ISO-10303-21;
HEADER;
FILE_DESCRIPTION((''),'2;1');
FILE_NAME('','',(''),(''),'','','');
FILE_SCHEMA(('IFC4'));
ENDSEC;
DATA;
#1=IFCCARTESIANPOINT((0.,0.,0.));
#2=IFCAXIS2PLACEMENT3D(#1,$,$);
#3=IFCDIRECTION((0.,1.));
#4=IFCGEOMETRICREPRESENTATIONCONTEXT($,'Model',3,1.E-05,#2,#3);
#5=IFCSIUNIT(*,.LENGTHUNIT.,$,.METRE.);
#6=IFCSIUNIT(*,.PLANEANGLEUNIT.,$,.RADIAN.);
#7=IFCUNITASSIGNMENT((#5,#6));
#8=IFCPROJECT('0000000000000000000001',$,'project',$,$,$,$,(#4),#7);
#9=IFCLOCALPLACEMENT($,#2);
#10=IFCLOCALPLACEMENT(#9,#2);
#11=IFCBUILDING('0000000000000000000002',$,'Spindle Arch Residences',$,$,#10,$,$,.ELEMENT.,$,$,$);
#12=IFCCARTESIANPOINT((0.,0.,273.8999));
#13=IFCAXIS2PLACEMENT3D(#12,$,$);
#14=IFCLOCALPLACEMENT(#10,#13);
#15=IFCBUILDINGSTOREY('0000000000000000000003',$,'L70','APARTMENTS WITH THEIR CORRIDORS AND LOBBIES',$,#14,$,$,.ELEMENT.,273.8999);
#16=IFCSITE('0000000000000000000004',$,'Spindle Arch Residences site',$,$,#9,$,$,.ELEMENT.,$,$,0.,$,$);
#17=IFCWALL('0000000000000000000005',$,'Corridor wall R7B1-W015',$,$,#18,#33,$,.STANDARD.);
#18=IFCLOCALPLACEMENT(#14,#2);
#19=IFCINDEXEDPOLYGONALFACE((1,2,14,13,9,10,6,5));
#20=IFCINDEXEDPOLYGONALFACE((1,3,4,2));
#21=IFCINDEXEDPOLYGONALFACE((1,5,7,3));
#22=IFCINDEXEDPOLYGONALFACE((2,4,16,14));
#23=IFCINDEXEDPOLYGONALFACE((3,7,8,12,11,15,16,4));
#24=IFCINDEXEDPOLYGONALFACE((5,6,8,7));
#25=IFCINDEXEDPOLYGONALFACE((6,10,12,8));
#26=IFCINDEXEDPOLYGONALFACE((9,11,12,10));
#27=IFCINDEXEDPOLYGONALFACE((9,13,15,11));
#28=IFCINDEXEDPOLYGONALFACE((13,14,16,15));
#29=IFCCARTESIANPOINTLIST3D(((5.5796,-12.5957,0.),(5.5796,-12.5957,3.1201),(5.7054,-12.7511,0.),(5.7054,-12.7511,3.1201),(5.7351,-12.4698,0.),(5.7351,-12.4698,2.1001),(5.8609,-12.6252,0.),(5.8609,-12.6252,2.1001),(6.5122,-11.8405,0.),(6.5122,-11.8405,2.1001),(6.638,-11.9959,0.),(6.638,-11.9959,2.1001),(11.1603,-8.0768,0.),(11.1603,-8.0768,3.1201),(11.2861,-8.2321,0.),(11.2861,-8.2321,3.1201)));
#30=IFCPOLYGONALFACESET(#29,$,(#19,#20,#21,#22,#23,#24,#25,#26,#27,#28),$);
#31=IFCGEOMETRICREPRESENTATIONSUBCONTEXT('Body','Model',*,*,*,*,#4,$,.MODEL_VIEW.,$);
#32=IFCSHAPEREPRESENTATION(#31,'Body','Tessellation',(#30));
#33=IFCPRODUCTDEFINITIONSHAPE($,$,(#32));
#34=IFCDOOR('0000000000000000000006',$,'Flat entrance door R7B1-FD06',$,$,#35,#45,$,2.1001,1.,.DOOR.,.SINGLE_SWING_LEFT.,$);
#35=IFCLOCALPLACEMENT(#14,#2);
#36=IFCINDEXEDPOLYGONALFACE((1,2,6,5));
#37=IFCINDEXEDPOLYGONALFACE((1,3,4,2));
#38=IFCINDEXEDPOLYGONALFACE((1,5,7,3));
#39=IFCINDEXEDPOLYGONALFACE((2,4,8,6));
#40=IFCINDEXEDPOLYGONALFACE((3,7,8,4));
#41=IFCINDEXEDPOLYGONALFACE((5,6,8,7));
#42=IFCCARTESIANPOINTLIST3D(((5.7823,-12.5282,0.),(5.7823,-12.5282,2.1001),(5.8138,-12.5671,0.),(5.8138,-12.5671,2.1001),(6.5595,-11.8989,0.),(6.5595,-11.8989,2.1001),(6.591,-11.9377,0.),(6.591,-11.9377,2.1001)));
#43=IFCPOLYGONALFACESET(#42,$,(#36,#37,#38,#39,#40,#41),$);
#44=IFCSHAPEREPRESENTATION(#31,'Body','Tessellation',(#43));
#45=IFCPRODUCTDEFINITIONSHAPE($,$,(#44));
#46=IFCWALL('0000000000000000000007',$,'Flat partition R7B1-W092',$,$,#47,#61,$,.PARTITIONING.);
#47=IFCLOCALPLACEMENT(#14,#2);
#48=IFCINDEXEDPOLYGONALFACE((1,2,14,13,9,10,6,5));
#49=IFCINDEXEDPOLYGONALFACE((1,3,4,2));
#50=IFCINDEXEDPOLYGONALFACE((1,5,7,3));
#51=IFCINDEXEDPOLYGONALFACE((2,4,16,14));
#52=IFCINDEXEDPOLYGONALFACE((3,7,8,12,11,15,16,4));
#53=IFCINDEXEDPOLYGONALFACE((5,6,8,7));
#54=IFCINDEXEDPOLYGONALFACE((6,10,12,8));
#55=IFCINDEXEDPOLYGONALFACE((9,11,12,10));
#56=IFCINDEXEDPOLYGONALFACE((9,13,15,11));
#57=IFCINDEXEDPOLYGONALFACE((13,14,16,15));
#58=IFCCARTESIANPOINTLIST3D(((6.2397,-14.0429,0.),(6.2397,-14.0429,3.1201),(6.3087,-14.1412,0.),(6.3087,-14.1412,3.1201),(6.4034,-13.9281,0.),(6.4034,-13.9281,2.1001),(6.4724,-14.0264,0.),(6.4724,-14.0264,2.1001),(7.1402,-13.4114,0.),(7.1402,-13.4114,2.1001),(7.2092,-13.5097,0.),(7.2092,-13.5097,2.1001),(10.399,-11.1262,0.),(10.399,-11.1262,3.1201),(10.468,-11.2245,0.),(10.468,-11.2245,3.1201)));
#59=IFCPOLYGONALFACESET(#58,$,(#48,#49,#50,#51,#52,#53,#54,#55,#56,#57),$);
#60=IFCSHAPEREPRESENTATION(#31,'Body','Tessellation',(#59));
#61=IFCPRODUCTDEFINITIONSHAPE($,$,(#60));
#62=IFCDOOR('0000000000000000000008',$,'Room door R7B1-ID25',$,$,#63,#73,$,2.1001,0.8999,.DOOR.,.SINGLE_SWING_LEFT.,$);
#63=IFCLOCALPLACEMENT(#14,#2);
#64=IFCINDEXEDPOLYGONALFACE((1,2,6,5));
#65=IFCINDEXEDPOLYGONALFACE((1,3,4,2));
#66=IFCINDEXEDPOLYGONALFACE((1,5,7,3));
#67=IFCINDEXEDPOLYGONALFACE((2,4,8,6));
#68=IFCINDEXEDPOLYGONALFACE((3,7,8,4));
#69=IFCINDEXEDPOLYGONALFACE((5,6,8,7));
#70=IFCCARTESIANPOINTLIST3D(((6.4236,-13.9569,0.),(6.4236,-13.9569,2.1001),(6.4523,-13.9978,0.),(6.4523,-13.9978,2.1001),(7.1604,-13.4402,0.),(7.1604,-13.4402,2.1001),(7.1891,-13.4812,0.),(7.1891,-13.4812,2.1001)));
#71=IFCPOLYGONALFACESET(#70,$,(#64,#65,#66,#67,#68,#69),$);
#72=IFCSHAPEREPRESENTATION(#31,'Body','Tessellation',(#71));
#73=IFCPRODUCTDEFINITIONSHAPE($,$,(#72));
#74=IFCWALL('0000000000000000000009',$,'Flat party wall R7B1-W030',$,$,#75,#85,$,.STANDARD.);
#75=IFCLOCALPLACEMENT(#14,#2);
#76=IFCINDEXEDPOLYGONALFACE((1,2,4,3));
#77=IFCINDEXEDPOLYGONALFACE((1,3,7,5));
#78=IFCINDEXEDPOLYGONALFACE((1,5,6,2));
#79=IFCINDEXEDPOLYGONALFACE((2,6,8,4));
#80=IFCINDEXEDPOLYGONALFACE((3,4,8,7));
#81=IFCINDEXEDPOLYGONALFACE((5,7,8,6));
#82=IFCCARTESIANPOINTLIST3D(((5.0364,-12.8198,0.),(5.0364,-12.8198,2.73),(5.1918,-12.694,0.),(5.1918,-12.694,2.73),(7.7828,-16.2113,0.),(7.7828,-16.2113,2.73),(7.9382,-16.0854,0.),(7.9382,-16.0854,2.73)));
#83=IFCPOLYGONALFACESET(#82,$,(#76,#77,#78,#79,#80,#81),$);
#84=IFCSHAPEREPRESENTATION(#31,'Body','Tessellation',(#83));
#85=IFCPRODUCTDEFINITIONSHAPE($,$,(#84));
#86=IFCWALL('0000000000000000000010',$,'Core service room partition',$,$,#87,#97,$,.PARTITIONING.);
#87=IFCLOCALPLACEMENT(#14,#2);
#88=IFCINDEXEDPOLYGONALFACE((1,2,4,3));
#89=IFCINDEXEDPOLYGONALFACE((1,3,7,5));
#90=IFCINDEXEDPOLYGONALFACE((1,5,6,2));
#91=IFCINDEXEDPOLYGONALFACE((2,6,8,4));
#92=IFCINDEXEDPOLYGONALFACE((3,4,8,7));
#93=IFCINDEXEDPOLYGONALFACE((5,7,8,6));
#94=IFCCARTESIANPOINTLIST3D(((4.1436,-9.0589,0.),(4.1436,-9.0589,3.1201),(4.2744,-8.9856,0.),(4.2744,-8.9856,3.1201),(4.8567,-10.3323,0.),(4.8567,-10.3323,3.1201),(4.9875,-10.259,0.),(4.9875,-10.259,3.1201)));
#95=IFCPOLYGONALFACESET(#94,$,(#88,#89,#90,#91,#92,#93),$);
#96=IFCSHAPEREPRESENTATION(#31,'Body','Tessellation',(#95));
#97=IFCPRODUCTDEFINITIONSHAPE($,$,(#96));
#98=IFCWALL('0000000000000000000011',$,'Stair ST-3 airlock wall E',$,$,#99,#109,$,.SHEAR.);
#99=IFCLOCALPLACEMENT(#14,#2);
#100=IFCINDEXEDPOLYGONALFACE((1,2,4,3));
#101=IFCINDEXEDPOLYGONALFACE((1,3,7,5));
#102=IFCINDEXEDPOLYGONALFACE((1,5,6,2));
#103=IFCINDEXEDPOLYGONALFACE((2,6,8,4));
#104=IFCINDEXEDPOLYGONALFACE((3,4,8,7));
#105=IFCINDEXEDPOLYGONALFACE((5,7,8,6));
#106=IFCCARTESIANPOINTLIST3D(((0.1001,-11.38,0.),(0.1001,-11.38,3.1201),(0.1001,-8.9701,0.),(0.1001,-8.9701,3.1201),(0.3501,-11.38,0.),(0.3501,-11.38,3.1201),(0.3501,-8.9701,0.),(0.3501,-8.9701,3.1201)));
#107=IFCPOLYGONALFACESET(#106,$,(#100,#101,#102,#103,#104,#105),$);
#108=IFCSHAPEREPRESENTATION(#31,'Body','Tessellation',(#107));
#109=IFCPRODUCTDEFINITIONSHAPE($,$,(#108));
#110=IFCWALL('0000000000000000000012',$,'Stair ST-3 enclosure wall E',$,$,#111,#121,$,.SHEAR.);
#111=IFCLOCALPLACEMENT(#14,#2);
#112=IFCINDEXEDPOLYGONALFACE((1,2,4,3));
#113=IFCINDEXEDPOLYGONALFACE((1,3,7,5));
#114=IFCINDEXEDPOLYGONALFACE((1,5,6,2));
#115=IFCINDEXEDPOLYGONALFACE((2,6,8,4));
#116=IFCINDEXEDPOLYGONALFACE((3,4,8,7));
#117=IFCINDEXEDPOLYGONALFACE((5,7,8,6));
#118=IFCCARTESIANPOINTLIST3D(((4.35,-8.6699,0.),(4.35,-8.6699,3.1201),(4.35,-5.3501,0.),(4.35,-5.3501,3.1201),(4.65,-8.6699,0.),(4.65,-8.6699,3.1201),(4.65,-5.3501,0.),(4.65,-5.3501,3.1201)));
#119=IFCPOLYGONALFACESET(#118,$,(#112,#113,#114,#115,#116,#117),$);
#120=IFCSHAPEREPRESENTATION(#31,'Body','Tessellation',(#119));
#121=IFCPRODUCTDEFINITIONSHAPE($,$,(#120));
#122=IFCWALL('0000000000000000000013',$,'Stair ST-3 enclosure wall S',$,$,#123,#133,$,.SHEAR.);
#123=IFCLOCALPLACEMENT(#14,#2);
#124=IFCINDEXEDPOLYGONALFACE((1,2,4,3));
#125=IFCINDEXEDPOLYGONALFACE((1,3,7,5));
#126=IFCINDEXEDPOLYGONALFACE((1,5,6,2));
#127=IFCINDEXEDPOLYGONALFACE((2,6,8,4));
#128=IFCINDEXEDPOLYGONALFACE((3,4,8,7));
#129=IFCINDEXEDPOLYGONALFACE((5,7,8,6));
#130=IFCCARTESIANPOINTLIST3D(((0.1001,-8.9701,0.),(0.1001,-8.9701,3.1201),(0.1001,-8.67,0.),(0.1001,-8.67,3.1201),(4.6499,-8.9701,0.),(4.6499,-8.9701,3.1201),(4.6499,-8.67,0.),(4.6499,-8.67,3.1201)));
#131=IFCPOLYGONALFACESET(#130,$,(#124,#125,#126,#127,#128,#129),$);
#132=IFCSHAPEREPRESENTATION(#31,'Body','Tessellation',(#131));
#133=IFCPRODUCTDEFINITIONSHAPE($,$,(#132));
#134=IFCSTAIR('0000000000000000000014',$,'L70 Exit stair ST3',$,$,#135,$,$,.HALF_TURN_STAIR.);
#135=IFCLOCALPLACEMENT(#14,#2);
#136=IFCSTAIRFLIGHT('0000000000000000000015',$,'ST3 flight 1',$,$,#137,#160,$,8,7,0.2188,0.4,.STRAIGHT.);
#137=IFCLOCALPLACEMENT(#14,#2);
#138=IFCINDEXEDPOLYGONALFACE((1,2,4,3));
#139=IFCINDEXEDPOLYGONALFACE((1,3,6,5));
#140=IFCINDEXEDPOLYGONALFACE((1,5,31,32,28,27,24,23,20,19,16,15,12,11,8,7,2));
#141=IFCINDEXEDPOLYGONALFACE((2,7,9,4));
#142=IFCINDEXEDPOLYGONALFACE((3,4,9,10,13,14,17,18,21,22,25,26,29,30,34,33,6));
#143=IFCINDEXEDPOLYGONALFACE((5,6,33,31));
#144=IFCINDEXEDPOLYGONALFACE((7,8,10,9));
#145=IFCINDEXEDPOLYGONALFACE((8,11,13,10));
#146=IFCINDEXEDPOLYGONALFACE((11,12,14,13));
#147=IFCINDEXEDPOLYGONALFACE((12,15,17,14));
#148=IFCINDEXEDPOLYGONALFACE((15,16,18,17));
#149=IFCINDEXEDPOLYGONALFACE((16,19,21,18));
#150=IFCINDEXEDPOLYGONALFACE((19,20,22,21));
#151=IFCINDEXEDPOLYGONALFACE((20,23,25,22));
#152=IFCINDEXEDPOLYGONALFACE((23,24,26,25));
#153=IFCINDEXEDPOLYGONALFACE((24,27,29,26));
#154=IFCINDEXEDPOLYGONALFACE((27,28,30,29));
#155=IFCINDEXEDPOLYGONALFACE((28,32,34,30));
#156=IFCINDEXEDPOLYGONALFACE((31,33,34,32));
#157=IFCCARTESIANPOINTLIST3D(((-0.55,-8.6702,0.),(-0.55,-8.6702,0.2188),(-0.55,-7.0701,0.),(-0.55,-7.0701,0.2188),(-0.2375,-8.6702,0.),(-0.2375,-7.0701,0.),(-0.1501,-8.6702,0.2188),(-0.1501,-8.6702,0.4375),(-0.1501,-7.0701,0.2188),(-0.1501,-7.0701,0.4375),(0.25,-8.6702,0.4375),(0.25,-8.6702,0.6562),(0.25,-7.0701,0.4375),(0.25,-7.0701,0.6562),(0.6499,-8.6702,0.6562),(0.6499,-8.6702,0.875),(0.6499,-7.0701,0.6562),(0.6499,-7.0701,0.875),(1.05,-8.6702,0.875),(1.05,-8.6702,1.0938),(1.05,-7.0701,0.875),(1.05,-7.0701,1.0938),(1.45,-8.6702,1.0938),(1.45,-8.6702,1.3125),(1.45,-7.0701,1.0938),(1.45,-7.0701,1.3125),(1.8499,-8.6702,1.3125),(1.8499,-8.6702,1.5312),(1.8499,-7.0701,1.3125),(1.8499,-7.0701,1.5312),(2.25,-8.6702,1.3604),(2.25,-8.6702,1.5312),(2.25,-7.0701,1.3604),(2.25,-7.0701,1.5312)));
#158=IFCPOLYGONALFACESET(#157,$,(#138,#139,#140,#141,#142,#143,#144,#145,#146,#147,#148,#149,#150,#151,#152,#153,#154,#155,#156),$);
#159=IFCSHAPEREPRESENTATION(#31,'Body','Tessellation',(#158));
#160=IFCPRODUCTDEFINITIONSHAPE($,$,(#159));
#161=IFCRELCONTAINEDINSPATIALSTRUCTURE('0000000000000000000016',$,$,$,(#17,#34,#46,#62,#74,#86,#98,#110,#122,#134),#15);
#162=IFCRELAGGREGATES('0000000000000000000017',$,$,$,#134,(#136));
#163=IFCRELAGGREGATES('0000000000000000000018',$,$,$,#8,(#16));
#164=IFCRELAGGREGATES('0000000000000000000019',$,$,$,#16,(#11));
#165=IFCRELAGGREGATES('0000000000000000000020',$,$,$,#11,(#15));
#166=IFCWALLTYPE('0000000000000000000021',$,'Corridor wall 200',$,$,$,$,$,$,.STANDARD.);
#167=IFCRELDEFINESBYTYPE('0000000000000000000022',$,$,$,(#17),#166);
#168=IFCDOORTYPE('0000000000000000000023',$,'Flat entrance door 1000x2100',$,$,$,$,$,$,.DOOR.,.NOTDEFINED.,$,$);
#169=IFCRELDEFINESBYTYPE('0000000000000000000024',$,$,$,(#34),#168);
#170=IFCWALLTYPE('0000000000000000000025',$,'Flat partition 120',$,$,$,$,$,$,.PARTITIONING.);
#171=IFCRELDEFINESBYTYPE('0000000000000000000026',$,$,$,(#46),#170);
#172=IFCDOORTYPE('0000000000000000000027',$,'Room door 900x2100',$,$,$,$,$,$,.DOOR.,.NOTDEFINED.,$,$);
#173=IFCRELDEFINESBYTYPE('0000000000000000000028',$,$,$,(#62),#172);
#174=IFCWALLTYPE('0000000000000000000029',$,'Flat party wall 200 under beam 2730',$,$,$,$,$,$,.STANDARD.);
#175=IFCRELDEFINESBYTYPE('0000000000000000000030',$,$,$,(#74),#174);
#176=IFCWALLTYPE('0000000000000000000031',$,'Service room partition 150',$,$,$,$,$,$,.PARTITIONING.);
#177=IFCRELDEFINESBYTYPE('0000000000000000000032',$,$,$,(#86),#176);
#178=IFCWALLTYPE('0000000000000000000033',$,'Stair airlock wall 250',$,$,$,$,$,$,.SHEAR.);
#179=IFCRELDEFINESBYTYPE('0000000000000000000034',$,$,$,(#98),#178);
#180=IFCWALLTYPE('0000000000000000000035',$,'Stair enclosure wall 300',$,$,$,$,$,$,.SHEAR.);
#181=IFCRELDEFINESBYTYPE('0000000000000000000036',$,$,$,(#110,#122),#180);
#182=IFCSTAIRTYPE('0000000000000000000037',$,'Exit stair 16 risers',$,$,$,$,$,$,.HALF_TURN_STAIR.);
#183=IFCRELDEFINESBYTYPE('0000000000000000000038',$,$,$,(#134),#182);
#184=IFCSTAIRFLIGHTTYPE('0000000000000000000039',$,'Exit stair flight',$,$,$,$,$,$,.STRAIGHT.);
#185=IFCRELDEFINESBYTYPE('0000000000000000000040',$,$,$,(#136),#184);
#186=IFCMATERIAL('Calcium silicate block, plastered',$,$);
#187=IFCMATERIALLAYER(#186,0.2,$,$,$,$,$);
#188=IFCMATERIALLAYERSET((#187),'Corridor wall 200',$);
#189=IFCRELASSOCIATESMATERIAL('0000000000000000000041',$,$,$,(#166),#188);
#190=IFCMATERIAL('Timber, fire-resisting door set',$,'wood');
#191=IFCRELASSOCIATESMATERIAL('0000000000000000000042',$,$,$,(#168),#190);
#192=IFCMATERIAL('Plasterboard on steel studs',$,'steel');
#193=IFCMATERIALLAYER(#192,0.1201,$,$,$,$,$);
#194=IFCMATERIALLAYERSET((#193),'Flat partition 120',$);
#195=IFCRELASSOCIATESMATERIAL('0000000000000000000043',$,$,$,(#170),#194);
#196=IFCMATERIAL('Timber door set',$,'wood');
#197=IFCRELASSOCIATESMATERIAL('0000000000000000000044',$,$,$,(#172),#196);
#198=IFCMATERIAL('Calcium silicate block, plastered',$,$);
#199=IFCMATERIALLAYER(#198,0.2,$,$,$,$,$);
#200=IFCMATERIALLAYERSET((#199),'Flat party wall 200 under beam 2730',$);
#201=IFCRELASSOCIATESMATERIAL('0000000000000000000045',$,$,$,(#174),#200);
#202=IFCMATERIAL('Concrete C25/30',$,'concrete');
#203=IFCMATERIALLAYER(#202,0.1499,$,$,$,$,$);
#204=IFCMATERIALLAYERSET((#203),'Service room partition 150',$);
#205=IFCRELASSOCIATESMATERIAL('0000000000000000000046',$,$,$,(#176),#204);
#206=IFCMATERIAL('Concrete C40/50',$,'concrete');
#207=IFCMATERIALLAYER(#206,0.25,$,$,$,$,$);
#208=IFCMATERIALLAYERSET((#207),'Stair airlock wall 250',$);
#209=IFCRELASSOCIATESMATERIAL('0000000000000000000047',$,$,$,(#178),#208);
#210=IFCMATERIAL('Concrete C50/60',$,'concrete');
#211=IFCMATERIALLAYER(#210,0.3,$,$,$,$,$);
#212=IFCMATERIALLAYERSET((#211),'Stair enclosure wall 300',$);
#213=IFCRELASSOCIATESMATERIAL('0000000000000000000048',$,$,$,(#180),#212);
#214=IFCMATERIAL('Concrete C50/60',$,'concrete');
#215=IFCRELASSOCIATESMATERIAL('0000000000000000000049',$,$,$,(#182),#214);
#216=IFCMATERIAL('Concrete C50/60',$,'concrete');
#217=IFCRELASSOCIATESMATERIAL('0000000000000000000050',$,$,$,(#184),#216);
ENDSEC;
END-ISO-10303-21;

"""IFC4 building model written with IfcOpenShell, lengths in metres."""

from ifc_helpers import new_model, si_unit, direction, frame, frame_2d, origin, place, context, subcontext, project, spatial, polyline, rectangle, outline, extrude, material, layer, layer_set, type_object, element, fill, aggregate, save


model = new_model("IFC4")

# Units and contexts
model_context = context("Model", 3, precision=1e-05, world=origin(), true_north=direction((0.0, 1.0)))
body_context = subcontext(model_context, "Body", "Model", "MODEL_VIEW")
ifc_project = project(units=[si_unit("LENGTHUNIT", "METRE"), si_unit("PLANEANGLEUNIT", "RADIAN")], contexts=[model_context])

# Site, building, storey
site_placement = place(None, origin())
site = spatial("IfcSite", under=ifc_project, at=site_placement, Name="Spindle Arch Residences site", CompositionType="ELEMENT", RefElevation=0.0)
building_placement = place(site_placement, origin())
building = spatial("IfcBuilding", under=site, at=building_placement, Name="Spindle Arch Residences", CompositionType="ELEMENT")
storey_placement = place(building_placement, frame((0.0, 0.0, 273.8999)))
storey = spatial("IfcBuildingStorey", under=building, at=storey_placement, Name="L70", Description="APARTMENTS WITH THEIR CORRIDORS AND LOBBIES", CompositionType="ELEMENT", Elevation=273.8999)

# Walls, openings, doors
ifc_material_1 = material(Name="Calcium silicate block, plastered")
ifc_layer_1 = layer(ifc_material_1, 0.2)
ifc_layer_set_1 = layer_set([ifc_layer_1], Name="Corridor wall 200")
wall_type_1 = type_object("IfcWallType", Name="Corridor wall 200", PredefinedType="STANDARD", material=ifc_layer_set_1)
ifc_material_2 = material(Name="Timber, fire-resisting door set", Category="wood")
door_type_1 = type_object("IfcDoorType", Name="Flat entrance door 1000x2100", OperationType="NOTDEFINED", PredefinedType="DOOR", material=ifc_material_2)
wall_1_placement = place(storey_placement, frame((5.6426, -12.6733, 0.0), z_axis=(0.0, 0.0, 1.0), x_axis=(0.77716, 0.629303, 0.0)))
wall_1 = element("IfcWall", 1, at=wall_1_placement, inside=storey, type_object=wall_type_1, Name="Corridor wall R7B1-W015", PredefinedType="STANDARD", context=body_context, shape_type="SweptSolid", body=[
    extrude(rectangle(XDim=7.1809, YDim=0.2, at=frame_2d((3.5903, 0.0))), origin(), (0.0, 0.0, 1.0), 3.1201),
])
opening_1_placement = place(wall_1_placement, frame((0.2, 0.0, 0.0)))
opening_1 = element("IfcOpeningElement", 2, at=opening_1_placement, cuts=wall_1, PredefinedType="OPENING", context=body_context, shape_type="SweptSolid", body=[
    extrude(rectangle(XDim=1.0, YDim=2.1001, at=frame_2d((0.5, 1.05))), frame((0.0, 0.1099, 0.0), z_axis=(0.0, -1.0, 0.0), x_axis=(1.0, 0.0, 0.0)), (0.0, 0.0, 1.0), 0.22),
])
door_1_placement = place(opening_1_placement, origin())
door_1 = element("IfcDoor", 3, at=door_1_placement, inside=storey, type_object=door_type_1, Name="Flat entrance door R7B1-FD06", OperationType="SINGLE_SWING_LEFT", OverallHeight=2.1001, OverallWidth=1.0, PredefinedType="DOOR", context=body_context, shape_type="SweptSolid", body=[
    extrude(rectangle(XDim=1.0, YDim=2.1001, at=frame_2d((0.5, 1.05))), frame((0.0, 0.0249, 0.0), z_axis=(0.0, -1.0, 0.0), x_axis=(1.0, 0.0, 0.0)), (0.0, 0.0, 1.0), 0.05),
])
fill(opening_1, door_1)
ifc_material_3 = material(Name="Plasterboard on steel studs", Category="steel")
ifc_layer_2 = layer(ifc_material_3, 0.1201)
ifc_layer_set_2 = layer_set([ifc_layer_2], Name="Flat partition 120")
wall_type_2 = type_object("IfcWallType", Name="Flat partition 120", PredefinedType="PARTITIONING", material=ifc_layer_set_2)
wall_2_placement = place(storey_placement, frame((6.2742, -14.092, 0.0), z_axis=(0.0, 0.0, 1.0), x_axis=(0.818755, 0.574143, 0.0)))
wall_2 = element("IfcWall", 4, at=wall_2_placement, inside=storey, type_object=wall_type_2, Name="Flat partition R7B1-W092", PredefinedType="PARTITIONING", context=body_context, shape_type="SweptSolid", body=[
    extrude(rectangle(XDim=5.0801, YDim=0.1201, at=frame_2d((2.54, 0.0))), origin(), (0.0, 0.0, 1.0), 3.1201),
])
opening_2_placement = place(wall_2_placement, frame((0.2, 0.0, 0.0)))
opening_2 = element("IfcOpeningElement", 5, at=opening_2_placement, cuts=wall_2, PredefinedType="OPENING", context=body_context, shape_type="SweptSolid", body=[
    extrude(rectangle(XDim=0.8999, YDim=2.1001, at=frame_2d((0.45, 1.05))), frame((0.0, 0.0701, 0.0), z_axis=(0.0, -1.0, 0.0), x_axis=(1.0, 0.0, 0.0)), (0.0, 0.0, 1.0), 0.1401),
])
ifc_material_4 = material(Name="Timber door set", Category="wood")
door_type_2 = type_object("IfcDoorType", Name="Room door 900x2100", OperationType="NOTDEFINED", PredefinedType="DOOR", material=ifc_material_4)
door_2_placement = place(opening_2_placement, origin())
door_2 = element("IfcDoor", 6, at=door_2_placement, inside=storey, type_object=door_type_2, Name="Room door R7B1-ID25", OperationType="SINGLE_SWING_LEFT", OverallHeight=2.1001, OverallWidth=0.8999, PredefinedType="DOOR", context=body_context, shape_type="SweptSolid", body=[
    extrude(rectangle(XDim=0.8999, YDim=2.1001, at=frame_2d((0.45, 1.05))), frame((0.0, 0.0249, 0.0), z_axis=(0.0, -1.0, 0.0), x_axis=(1.0, 0.0, 0.0)), (0.0, 0.0, 1.0), 0.05),
])
fill(opening_2, door_2)

# Walls
ifc_material_5 = material(Name="Calcium silicate block, plastered")
ifc_layer_3 = layer(ifc_material_5, 0.2)
ifc_layer_set_3 = layer_set([ifc_layer_3], Name="Flat party wall 200 under beam 2730")
wall_type_3 = type_object("IfcWallType", Name="Flat party wall 200 under beam 2730", PredefinedType="STANDARD", material=ifc_layer_set_3)
wall_3_placement = place(storey_placement, frame((7.8606, -16.1484, 0.0), z_axis=(0.0, 0.0, 1.0), x_axis=(-0.62933, 0.777138, 0.0)))
element("IfcWall", 7, at=wall_3_placement, inside=storey, type_object=wall_type_3, Name="Flat party wall R7B1-W030", PredefinedType="STANDARD", context=body_context, shape_type="SweptSolid", body=[
    extrude(rectangle(XDim=4.364, YDim=0.2, at=frame_2d((2.1821, 0.0))), origin(), (0.0, 0.0, 1.0), 2.73),
])
ifc_material_6 = material(Name="Concrete C25/30", Category="concrete")
ifc_layer_4 = layer(ifc_material_6, 0.1499)
ifc_layer_set_4 = layer_set([ifc_layer_4], Name="Service room partition 150")
wall_type_4 = type_object("IfcWallType", Name="Service room partition 150", PredefinedType="PARTITIONING", material=ifc_layer_set_4)
wall_4_placement = place(storey_placement, frame((4.9221, -10.2957, 0.0), z_axis=(0.0, 0.0, 1.0), x_axis=(-0.488608, 0.872503, 0.0)))
element("IfcWall", 8, at=wall_4_placement, inside=storey, type_object=wall_type_4, Name="Core service room partition", PredefinedType="PARTITIONING", context=body_context, shape_type="SweptSolid", body=[
    extrude(rectangle(XDim=1.4595, YDim=0.1499, at=frame_2d((0.7297, 0.0))), origin(), (0.0, 0.0, 1.0), 3.1201),
])
ifc_material_7 = material(Name="Concrete C40/50", Category="concrete")
ifc_layer_5 = layer(ifc_material_7, 0.25)
ifc_layer_set_5 = layer_set([ifc_layer_5], Name="Stair airlock wall 250")
wall_type_5 = type_object("IfcWallType", Name="Stair airlock wall 250", PredefinedType="SHEAR", material=ifc_layer_set_5)
wall_5_placement = place(storey_placement, frame((0.2251, -8.97, 0.0), z_axis=(0.0, 0.0, 1.0), x_axis=(0.0, -1.0, 0.0)))
element("IfcWall", 9, at=wall_5_placement, inside=storey, type_object=wall_type_5, Name="Stair ST-3 airlock wall E", PredefinedType="SHEAR", context=body_context, shape_type="SweptSolid", body=[
    extrude(rectangle(XDim=2.4099, YDim=0.25, at=frame_2d((1.2051, 0.0))), origin(), (0.0, 0.0, 1.0), 3.1201),
])
ifc_material_8 = material(Name="Concrete C50/60", Category="concrete")
ifc_layer_6 = layer(ifc_material_8, 0.3)
ifc_layer_set_6 = layer_set([ifc_layer_6], Name="Stair enclosure wall 300")
wall_type_6 = type_object("IfcWallType", Name="Stair enclosure wall 300", PredefinedType="SHEAR", material=ifc_layer_set_6)
wall_6_placement = place(storey_placement, frame((4.5, -8.6699, 0.0), z_axis=(0.0, 0.0, 1.0), x_axis=(0.0, 1.0, 0.0)))
element("IfcWall", 10, at=wall_6_placement, inside=storey, type_object=wall_type_6, Name="Stair ST-3 enclosure wall E", PredefinedType="SHEAR", context=body_context, shape_type="SweptSolid", body=[
    extrude(rectangle(XDim=3.3198, YDim=0.3, at=frame_2d((1.6599, 0.0))), origin(), (0.0, 0.0, 1.0), 3.1201),
])
wall_7_placement = place(storey_placement, frame((0.1001, -8.8201, 0.0), z_axis=(0.0, 0.0, 1.0), x_axis=(1.0, 0.0, 0.0)))
element("IfcWall", 11, at=wall_7_placement, inside=storey, type_object=wall_type_6, Name="Stair ST-3 enclosure wall S", PredefinedType="SHEAR", context=body_context, shape_type="SweptSolid", body=[
    extrude(rectangle(XDim=4.5498, YDim=0.3, at=frame_2d((2.2749, 0.0))), origin(), (0.0, 0.0, 1.0), 3.1201),
])

# Stair, stair flight
ifc_material_9 = material(Name="Concrete C50/60", Category="concrete")
stair_type = type_object("IfcStairType", Name="Exit stair 16 risers", PredefinedType="HALF_TURN_STAIR", material=ifc_material_9)
stair_placement = place(storey_placement, origin())
stair = element("IfcStair", 12, at=stair_placement, inside=storey, type_object=stair_type, Name="L70 Exit stair ST3", PredefinedType="HALF_TURN_STAIR")
ifc_material_10 = material(Name="Concrete C50/60", Category="concrete")
stair_flight_type = type_object("IfcStairFlightType", Name="Exit stair flight", PredefinedType="STRAIGHT", material=ifc_material_10)
stair_flight_placement = place(storey_placement, frame((-0.55, -7.8701, 0.0), z_axis=(0.0, 0.0, 1.0), x_axis=(1.0, 0.0, 0.0)))
stair_flight = element("IfcStairFlight", 13, at=stair_flight_placement, type_object=stair_flight_type, Name="ST3 flight 1", NumberOfRisers=8, NumberOfTreads=7, PredefinedType="STRAIGHT", RiserHeight=0.2188, TreadLength=0.4, context=body_context, shape_type="SweptSolid", body=[
    extrude(outline(polyline([(0.0, 0.0), (0.0, 0.2188), (0.3999, 0.2188), (0.3999, 0.4375), (0.8, 0.4375), (0.8, 0.6562), (1.2, 0.6562), (1.2, 0.875), (1.6001, 0.875), (1.6001, 1.0938), (2.0, 1.0938), (2.0, 1.3125), (2.3999, 1.3125), (2.3999, 1.5312), (2.8, 1.5312), (2.8, 1.75), (2.8, 1.3604), (0.3125, 0.0), (0.0, 0.0)])), frame((0.0, 0.8, 0.0), z_axis=(0.0, -1.0, 0.0), x_axis=(1.0, 0.0, 0.0)), (0.0, 0.0, 1.0), 1.6001),
])
aggregate(stair, [stair_flight])

save(model, "model.ifc")
